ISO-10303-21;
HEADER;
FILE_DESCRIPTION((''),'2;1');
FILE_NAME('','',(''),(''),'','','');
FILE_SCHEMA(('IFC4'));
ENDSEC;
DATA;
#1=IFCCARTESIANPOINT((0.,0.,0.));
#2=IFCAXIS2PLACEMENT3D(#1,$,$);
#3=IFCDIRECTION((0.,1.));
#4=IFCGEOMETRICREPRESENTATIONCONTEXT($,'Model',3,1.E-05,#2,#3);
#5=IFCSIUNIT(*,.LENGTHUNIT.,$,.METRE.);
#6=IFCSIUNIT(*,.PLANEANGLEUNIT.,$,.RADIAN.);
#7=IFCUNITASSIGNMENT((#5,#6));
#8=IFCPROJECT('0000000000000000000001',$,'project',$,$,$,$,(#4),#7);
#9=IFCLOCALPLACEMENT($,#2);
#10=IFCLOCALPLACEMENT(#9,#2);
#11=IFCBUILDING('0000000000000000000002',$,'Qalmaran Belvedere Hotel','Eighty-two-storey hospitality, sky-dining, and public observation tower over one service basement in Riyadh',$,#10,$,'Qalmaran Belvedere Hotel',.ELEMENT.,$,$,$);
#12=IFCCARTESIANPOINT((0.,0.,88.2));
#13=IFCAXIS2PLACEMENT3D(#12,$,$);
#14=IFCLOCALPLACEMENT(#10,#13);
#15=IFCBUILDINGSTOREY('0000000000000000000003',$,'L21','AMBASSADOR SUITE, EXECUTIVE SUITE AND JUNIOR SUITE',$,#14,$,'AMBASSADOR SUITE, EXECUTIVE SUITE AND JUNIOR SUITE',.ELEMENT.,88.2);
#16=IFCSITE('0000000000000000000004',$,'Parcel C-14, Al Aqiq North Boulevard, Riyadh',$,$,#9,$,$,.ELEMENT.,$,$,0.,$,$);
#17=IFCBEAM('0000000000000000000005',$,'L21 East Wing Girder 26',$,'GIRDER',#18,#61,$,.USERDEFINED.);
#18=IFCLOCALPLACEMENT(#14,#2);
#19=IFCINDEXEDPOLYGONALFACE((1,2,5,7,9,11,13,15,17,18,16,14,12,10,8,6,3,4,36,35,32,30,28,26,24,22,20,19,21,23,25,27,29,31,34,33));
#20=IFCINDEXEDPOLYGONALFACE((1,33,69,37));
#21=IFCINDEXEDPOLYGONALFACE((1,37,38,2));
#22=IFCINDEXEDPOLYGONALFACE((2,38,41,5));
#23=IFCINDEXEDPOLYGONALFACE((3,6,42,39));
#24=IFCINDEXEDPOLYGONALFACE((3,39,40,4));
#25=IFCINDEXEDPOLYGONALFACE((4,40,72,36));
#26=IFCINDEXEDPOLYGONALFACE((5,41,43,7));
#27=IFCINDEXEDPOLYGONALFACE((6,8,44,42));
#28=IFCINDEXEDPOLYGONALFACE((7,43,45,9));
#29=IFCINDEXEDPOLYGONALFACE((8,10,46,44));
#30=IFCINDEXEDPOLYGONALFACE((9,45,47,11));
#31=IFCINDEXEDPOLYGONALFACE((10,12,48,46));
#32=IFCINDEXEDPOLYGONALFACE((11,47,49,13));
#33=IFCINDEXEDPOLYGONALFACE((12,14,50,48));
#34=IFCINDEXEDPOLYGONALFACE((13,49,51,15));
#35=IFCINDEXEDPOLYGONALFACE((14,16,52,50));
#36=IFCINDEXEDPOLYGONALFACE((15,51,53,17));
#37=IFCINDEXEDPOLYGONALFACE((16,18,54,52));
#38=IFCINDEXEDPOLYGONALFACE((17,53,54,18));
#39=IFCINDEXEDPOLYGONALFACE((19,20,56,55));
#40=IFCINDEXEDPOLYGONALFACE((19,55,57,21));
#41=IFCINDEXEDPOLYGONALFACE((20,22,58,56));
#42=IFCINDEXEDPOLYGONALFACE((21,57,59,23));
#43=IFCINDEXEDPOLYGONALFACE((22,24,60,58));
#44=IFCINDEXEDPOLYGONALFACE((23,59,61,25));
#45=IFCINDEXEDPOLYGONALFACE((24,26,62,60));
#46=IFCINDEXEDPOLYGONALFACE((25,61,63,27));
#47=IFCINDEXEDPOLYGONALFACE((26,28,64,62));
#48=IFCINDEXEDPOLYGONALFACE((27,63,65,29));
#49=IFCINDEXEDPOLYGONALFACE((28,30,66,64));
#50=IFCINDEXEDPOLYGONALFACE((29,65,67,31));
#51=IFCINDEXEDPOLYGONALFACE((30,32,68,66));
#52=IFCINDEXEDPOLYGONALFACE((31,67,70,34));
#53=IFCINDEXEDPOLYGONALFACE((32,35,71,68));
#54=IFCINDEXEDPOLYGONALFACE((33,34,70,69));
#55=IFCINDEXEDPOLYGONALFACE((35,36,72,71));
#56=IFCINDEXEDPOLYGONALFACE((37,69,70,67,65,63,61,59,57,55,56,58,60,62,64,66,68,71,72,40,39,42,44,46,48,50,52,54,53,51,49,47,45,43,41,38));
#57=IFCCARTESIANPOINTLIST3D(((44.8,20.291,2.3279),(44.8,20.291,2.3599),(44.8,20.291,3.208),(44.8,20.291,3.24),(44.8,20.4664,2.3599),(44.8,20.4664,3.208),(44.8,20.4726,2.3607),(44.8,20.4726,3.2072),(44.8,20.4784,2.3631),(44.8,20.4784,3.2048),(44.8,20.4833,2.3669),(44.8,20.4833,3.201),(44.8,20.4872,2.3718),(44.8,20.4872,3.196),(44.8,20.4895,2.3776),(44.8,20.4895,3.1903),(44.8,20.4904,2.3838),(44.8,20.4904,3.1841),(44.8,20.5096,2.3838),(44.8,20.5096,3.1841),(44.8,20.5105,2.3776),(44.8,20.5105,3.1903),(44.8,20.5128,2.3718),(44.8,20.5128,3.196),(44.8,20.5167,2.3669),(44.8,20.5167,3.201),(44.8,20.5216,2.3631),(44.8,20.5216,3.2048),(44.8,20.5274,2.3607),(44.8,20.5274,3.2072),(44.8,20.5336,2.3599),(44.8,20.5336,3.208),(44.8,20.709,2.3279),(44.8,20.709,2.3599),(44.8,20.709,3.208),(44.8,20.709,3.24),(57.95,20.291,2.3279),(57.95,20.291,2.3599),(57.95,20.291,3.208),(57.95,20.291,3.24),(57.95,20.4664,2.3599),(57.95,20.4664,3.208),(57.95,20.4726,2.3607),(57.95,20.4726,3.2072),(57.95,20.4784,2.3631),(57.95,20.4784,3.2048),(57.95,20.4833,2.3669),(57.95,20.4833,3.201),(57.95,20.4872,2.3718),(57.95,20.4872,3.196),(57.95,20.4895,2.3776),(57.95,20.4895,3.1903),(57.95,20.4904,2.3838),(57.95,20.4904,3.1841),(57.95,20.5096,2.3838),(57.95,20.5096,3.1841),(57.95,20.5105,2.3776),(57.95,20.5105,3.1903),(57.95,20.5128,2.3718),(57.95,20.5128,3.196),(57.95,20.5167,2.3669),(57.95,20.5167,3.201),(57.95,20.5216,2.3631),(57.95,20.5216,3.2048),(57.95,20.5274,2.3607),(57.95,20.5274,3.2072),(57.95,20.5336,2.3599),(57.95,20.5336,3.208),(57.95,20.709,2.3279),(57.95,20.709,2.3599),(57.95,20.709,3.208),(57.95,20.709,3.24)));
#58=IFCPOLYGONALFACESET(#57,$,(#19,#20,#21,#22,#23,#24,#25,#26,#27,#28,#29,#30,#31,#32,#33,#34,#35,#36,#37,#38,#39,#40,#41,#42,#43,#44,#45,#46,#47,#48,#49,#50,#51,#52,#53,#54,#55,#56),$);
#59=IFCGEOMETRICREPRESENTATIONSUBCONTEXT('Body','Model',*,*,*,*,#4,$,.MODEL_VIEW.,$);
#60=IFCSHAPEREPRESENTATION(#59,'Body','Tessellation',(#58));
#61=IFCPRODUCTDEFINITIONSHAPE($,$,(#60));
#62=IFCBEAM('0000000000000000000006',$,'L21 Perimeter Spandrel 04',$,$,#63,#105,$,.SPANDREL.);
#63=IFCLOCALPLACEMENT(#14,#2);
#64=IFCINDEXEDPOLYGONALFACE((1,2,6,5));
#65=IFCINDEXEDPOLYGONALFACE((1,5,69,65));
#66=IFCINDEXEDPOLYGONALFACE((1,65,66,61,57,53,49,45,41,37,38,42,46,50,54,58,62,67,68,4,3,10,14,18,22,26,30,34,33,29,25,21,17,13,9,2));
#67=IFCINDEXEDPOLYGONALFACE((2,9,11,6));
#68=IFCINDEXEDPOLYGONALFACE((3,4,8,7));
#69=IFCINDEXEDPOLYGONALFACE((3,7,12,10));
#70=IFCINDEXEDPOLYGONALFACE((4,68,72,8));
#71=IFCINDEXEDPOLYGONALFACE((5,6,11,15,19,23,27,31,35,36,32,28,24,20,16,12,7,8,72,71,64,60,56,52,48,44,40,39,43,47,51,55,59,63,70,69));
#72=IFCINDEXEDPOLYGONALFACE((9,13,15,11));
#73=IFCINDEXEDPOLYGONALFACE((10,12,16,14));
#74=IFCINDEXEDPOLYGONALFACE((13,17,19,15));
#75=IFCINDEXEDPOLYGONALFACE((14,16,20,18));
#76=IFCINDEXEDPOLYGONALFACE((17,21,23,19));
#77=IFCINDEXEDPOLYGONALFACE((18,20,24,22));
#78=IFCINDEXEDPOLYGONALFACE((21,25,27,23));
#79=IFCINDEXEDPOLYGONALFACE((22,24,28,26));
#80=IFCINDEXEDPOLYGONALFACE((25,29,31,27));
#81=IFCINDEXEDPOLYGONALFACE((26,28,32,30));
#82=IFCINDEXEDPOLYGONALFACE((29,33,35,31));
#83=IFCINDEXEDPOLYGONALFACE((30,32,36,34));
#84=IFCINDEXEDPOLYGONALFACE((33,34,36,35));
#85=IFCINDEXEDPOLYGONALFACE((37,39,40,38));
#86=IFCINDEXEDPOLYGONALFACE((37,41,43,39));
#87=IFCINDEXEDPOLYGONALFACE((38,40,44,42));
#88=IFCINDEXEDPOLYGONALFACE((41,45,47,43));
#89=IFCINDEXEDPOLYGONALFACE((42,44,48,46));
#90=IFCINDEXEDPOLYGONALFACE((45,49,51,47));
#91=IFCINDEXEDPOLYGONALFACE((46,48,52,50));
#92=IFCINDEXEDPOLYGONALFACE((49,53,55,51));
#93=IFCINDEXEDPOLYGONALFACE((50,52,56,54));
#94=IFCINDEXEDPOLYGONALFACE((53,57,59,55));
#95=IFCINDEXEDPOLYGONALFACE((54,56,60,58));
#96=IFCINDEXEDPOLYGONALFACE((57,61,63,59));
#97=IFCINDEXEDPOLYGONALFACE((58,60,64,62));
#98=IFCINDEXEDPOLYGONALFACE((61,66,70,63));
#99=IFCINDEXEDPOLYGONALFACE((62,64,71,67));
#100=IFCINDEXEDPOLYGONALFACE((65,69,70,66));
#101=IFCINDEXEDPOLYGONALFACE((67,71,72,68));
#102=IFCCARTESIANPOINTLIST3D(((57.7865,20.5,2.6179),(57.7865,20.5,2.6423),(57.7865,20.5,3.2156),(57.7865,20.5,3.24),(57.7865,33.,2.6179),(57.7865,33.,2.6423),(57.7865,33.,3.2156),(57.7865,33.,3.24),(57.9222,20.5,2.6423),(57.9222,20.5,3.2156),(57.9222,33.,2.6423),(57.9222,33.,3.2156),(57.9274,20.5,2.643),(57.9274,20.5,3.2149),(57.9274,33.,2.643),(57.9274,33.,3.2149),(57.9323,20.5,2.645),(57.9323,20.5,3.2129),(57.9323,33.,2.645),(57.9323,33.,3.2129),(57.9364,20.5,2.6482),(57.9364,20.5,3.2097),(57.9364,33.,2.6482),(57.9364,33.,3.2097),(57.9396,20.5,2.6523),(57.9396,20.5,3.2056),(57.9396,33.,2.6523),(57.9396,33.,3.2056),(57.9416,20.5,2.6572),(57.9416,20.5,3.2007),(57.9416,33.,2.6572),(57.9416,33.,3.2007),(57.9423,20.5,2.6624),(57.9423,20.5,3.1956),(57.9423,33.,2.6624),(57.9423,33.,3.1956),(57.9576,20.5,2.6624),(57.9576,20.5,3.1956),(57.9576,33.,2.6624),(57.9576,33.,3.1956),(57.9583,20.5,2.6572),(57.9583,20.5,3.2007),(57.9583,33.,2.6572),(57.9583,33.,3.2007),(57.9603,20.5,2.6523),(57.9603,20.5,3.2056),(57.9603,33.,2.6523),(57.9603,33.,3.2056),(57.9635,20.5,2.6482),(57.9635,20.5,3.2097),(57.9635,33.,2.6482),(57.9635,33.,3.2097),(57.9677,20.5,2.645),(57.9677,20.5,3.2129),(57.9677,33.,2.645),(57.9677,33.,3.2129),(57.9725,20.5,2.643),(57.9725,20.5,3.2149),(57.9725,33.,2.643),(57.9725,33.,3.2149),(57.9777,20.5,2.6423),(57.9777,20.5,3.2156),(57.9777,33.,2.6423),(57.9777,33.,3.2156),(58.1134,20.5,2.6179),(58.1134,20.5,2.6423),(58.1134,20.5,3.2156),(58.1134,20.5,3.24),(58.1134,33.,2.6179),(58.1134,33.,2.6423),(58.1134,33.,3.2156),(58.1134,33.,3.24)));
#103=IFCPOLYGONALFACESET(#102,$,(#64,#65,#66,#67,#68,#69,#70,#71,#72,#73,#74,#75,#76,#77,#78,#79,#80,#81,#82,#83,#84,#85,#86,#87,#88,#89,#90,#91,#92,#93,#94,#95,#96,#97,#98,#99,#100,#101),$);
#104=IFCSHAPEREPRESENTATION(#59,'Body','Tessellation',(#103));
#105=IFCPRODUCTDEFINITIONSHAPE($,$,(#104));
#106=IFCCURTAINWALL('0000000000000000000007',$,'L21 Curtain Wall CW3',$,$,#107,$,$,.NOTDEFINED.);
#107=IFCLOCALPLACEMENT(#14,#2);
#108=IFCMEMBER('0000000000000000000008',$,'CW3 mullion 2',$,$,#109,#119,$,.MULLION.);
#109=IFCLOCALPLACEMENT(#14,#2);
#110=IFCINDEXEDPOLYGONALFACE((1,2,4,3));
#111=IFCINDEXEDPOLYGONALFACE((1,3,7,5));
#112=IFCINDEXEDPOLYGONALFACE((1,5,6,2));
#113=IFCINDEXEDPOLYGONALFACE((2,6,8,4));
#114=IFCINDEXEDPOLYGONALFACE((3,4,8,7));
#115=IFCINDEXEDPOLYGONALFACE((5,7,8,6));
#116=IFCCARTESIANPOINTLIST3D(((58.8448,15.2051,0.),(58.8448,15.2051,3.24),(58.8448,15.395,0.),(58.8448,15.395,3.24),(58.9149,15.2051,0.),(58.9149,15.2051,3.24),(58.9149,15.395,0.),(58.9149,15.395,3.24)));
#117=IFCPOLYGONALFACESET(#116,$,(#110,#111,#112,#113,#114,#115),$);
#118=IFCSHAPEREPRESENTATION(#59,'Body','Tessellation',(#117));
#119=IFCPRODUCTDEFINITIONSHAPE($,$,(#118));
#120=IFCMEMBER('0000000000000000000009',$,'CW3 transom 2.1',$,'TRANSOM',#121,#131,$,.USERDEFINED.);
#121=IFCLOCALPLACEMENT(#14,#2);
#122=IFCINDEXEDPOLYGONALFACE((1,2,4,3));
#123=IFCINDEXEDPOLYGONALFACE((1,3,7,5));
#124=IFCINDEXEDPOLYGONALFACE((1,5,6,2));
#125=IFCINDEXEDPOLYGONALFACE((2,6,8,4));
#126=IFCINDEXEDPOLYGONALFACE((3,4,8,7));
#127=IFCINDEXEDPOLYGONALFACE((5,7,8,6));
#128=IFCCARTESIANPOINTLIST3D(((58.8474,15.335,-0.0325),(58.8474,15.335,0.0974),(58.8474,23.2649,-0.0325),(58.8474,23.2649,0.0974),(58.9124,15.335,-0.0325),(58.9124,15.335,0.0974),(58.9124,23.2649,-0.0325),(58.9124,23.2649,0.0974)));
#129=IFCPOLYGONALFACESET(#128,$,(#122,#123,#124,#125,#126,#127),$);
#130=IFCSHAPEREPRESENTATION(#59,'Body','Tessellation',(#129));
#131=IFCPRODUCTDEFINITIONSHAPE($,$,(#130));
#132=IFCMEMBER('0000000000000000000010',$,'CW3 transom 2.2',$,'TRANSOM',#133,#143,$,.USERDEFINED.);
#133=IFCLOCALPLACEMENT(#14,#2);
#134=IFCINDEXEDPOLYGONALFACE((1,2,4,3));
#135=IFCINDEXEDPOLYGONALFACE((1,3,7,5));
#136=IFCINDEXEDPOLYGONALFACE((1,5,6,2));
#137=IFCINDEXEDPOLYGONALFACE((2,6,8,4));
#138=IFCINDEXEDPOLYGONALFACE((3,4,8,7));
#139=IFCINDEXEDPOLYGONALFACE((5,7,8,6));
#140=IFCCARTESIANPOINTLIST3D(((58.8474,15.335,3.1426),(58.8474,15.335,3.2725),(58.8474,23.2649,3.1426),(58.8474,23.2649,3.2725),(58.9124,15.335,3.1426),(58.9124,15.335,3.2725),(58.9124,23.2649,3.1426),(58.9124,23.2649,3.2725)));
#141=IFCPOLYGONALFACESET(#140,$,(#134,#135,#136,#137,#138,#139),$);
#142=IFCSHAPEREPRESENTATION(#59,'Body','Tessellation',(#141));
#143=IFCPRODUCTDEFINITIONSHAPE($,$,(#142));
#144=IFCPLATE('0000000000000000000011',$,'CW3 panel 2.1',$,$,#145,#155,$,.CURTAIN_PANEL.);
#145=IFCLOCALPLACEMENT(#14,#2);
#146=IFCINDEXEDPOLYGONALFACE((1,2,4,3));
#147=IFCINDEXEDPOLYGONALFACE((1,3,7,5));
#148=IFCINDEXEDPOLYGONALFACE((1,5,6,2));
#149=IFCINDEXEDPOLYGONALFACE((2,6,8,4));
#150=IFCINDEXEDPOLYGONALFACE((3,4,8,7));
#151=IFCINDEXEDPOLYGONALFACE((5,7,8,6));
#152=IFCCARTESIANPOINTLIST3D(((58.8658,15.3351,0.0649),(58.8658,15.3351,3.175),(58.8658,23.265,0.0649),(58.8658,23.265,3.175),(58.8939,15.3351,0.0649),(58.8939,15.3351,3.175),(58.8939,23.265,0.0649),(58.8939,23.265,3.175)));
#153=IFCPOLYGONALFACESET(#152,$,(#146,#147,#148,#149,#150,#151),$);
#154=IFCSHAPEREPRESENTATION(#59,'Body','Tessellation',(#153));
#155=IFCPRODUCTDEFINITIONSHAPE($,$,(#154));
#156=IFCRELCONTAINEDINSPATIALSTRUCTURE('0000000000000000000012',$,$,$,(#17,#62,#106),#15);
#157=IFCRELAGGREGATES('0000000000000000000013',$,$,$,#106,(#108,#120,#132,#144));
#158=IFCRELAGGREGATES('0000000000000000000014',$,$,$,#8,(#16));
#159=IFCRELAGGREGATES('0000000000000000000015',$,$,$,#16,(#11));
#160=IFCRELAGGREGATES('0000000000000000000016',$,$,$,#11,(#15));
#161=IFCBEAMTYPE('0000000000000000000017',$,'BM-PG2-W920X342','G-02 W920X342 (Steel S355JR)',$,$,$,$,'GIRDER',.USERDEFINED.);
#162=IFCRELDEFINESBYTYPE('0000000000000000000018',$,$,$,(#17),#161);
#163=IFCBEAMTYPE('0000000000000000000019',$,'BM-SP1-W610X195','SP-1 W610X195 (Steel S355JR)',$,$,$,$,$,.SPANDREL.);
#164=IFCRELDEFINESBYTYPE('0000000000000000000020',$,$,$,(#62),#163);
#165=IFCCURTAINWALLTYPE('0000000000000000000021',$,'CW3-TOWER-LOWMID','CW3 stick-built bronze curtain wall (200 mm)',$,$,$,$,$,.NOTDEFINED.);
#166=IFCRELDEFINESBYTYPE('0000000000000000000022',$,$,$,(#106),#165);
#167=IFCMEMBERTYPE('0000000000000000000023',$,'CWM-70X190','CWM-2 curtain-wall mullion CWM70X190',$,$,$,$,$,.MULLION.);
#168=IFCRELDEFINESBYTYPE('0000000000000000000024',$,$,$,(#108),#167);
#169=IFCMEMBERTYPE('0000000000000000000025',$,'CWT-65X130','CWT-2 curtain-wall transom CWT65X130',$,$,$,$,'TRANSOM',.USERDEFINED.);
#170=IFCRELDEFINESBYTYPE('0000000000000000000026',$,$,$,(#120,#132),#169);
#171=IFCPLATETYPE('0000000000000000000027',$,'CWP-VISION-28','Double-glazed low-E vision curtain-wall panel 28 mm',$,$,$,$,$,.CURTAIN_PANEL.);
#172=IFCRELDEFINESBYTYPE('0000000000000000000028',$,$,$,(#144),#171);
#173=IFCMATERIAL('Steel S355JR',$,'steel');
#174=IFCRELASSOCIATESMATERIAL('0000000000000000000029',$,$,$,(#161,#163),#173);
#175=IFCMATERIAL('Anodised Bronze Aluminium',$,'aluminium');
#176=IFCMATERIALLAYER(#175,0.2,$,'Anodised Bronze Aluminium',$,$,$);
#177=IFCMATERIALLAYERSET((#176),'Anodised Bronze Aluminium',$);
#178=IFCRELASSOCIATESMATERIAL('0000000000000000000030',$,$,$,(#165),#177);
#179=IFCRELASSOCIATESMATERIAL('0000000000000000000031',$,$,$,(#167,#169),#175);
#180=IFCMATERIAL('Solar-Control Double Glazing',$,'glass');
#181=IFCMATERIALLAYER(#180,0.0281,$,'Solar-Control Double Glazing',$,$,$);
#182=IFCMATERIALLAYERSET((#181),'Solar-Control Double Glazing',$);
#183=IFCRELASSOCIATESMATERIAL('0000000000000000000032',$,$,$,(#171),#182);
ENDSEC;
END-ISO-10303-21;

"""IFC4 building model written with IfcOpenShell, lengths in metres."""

from ifc_helpers import new_model, si_unit, direction, frame, origin, origin_2d, place, context, subcontext, project, spatial, rectangle, i_section, extrude, material, layer, layer_set, material_profile, profile_set, type_object, element, aggregate, save


model = new_model("IFC4")

# Units and contexts
model_context = context("Model", 3, precision=1e-05, world=origin(), true_north=direction((0.0, 1.0)))
body_context = subcontext(model_context, "Body", "Model", "MODEL_VIEW")
ifc_project = project(units=[si_unit("LENGTHUNIT", "METRE"), si_unit("PLANEANGLEUNIT", "RADIAN")], contexts=[model_context])

# Site, building, storey
site_placement = place(None, origin())
site = spatial("IfcSite", under=ifc_project, at=site_placement, Name="Parcel C-14, Al Aqiq North Boulevard, Riyadh", CompositionType="ELEMENT", RefElevation=0.0)
building_placement = place(site_placement, origin())
building = spatial("IfcBuilding", under=site, at=building_placement, Name="Qalmaran Belvedere Hotel", Description="Eighty-two-storey hospitality, sky-dining, and public observation tower over one service basement in Riyadh", LongName="Qalmaran Belvedere Hotel", CompositionType="ELEMENT")
storey_placement = place(building_placement, frame((0.0, 0.0, 88.2)))
storey = spatial("IfcBuildingStorey", under=building, at=storey_placement, Name="L21", Description="AMBASSADOR SUITE, EXECUTIVE SUITE AND JUNIOR SUITE", LongName="AMBASSADOR SUITE, EXECUTIVE SUITE AND JUNIOR SUITE", CompositionType="ELEMENT", Elevation=88.2)

# Beams
ifc_material_1 = material(Name="Steel S355JR", Category="steel")
ifc_material_profile_1 = material_profile(ifc_material_1, i_section(OverallWidth=0.418, OverallDepth=0.9121, WebThickness=0.0193, FlangeThickness=0.032, FilletRadius=0.0239, at=origin_2d()), Name="W920X342")
ifc_profile_set_1 = profile_set([ifc_material_profile_1], Name="Steel S355JR")
beam_type_1 = type_object("IfcBeamType", Name="BM-PG2-W920X342", Description="G-02 W920X342 (Steel S355JR)", ElementType="GIRDER", PredefinedType="USERDEFINED", material=ifc_profile_set_1)
beam_1_placement = place(storey_placement, frame((44.8, 20.5, 2.7839), z_axis=(1.0, 0.0, 0.0), x_axis=(0.0, 1.0, 0.0)))
element("IfcBeam", 1, at=beam_1_placement, inside=storey, type_object=beam_type_1, Name="L21 East Wing Girder 26", ObjectType="GIRDER", PredefinedType="USERDEFINED", context=body_context, shape_type="SweptSolid", body=[
    extrude(i_section(OverallWidth=0.418, OverallDepth=0.9121, WebThickness=0.0193, FlangeThickness=0.032, FilletRadius=0.0239, at=origin_2d()), origin(), (0.0, 0.0, 1.0), 13.1499),
])
ifc_material_profile_2 = material_profile(ifc_material_1, i_section(OverallWidth=0.3269, OverallDepth=0.6221, WebThickness=0.0154, FlangeThickness=0.0244, FilletRadius=0.02, at=origin_2d()), Name="W610X195")
ifc_profile_set_2 = profile_set([ifc_material_profile_2], Name="Steel S355JR")
beam_type_2 = type_object("IfcBeamType", Name="BM-SP1-W610X195", Description="SP-1 W610X195 (Steel S355JR)", PredefinedType="SPANDREL", material=ifc_profile_set_2)
beam_2_placement = place(storey_placement, frame((57.95, 20.5, 2.929), z_axis=(0.0, 1.0, 0.0), x_axis=(-1.0, 0.0, 0.0)))
element("IfcBeam", 2, at=beam_2_placement, inside=storey, type_object=beam_type_2, Name="L21 Perimeter Spandrel 04", PredefinedType="SPANDREL", context=body_context, shape_type="SweptSolid", body=[
    extrude(i_section(OverallWidth=0.3269, OverallDepth=0.6221, WebThickness=0.0154, FlangeThickness=0.0244, FilletRadius=0.02, at=origin_2d()), origin(), (0.0, 0.0, 1.0), 12.5),
])

# Curtain wall, members, plate
ifc_material_2 = material(Name="Anodised Bronze Aluminium", Category="aluminium")
ifc_layer_1 = layer(ifc_material_2, 0.2, Name="Anodised Bronze Aluminium")
ifc_layer_set_1 = layer_set([ifc_layer_1], Name="Anodised Bronze Aluminium")
curtain_wall_type = type_object("IfcCurtainWallType", Name="CW3-TOWER-LOWMID", Description="CW3 stick-built bronze curtain wall (200 mm)", PredefinedType="NOTDEFINED", material=ifc_layer_set_1)
curtain_wall_placement = place(storey_placement, origin())
curtain_wall = element("IfcCurtainWall", 3, at=curtain_wall_placement, inside=storey, type_object=curtain_wall_type, Name="L21 Curtain Wall CW3", PredefinedType="NOTDEFINED")
ifc_material_profile_3 = material_profile(ifc_material_2, rectangle(XDim=0.0701, YDim=0.1899, at=origin_2d()), Name="CWM70X190")
ifc_profile_set_3 = profile_set([ifc_material_profile_3], Name="Anodised Bronze Aluminium")
member_type_1 = type_object("IfcMemberType", Name="CWM-70X190", Description="CWM-2 curtain-wall mullion CWM70X190", PredefinedType="MULLION", material=ifc_profile_set_3)
member_1_placement = place(storey_placement, frame((58.8799, 15.3, 0.0), z_axis=(0.0, 0.0, 1.0), x_axis=(-1.0, 0.0, 0.0)))
member_1 = element("IfcMember", 4, at=member_1_placement, type_object=member_type_1, Name="CW3 mullion 2", PredefinedType="MULLION", context=body_context, shape_type="SweptSolid", body=[
    extrude(rectangle(XDim=0.0701, YDim=0.1899, at=origin_2d()), origin(), (0.0, 0.0, 1.0), 3.24),
])
ifc_material_profile_4 = material_profile(ifc_material_2, rectangle(XDim=0.0649, YDim=0.1299, at=origin_2d()), Name="CWT65X130")
ifc_profile_set_4 = profile_set([ifc_material_profile_4], Name="Anodised Bronze Aluminium")
member_type_2 = type_object("IfcMemberType", Name="CWT-65X130", Description="CWT-2 curtain-wall transom CWT65X130", ElementType="TRANSOM", PredefinedType="USERDEFINED", material=ifc_profile_set_4)
member_2_placement = place(storey_placement, frame((58.8799, 15.335, 0.0325), z_axis=(0.0, 1.0, 0.0), x_axis=(-1.0, 0.0, 0.0)))
member_2 = element("IfcMember", 5, at=member_2_placement, type_object=member_type_2, Name="CW3 transom 2.1", ObjectType="TRANSOM", PredefinedType="USERDEFINED", context=body_context, shape_type="SweptSolid", body=[
    extrude(rectangle(XDim=0.0649, YDim=0.1299, at=origin_2d()), origin(), (0.0, 0.0, 1.0), 7.9299),
])
member_3_placement = place(storey_placement, frame((58.8799, 15.335, 3.2075), z_axis=(0.0, 1.0, 0.0), x_axis=(-1.0, 0.0, 0.0)))
member_3 = element("IfcMember", 6, at=member_3_placement, type_object=member_type_2, Name="CW3 transom 2.2", ObjectType="TRANSOM", PredefinedType="USERDEFINED", context=body_context, shape_type="SweptSolid", body=[
    extrude(rectangle(XDim=0.0649, YDim=0.1299, at=origin_2d()), origin(), (0.0, 0.0, 1.0), 7.9299),
])
ifc_material_3 = material(Name="Solar-Control Double Glazing", Category="glass")
ifc_layer_2 = layer(ifc_material_3, 0.0281, Name="Solar-Control Double Glazing")
ifc_layer_set_2 = layer_set([ifc_layer_2], Name="Solar-Control Double Glazing")
plate_type = type_object("IfcPlateType", Name="CWP-VISION-28", Description="Double-glazed low-E vision curtain-wall panel 28 mm", PredefinedType="CURTAIN_PANEL", material=ifc_layer_set_2)
plate_placement = place(storey_placement, frame((58.8799, 19.3, 0.0649), z_axis=(0.0, 0.0, 1.0), x_axis=(0.0, 1.0, 0.0)))
plate = element("IfcPlate", 7, at=plate_placement, type_object=plate_type, Name="CW3 panel 2.1", PredefinedType="CURTAIN_PANEL", context=body_context, shape_type="SweptSolid", body=[
    extrude(rectangle(XDim=7.9299, YDim=0.0281, at=origin_2d()), origin(), (0.0, 0.0, 1.0), 3.1101),
])
aggregate(curtain_wall, [member_1, member_2, member_3, plate])

save(model, "model.ifc")
